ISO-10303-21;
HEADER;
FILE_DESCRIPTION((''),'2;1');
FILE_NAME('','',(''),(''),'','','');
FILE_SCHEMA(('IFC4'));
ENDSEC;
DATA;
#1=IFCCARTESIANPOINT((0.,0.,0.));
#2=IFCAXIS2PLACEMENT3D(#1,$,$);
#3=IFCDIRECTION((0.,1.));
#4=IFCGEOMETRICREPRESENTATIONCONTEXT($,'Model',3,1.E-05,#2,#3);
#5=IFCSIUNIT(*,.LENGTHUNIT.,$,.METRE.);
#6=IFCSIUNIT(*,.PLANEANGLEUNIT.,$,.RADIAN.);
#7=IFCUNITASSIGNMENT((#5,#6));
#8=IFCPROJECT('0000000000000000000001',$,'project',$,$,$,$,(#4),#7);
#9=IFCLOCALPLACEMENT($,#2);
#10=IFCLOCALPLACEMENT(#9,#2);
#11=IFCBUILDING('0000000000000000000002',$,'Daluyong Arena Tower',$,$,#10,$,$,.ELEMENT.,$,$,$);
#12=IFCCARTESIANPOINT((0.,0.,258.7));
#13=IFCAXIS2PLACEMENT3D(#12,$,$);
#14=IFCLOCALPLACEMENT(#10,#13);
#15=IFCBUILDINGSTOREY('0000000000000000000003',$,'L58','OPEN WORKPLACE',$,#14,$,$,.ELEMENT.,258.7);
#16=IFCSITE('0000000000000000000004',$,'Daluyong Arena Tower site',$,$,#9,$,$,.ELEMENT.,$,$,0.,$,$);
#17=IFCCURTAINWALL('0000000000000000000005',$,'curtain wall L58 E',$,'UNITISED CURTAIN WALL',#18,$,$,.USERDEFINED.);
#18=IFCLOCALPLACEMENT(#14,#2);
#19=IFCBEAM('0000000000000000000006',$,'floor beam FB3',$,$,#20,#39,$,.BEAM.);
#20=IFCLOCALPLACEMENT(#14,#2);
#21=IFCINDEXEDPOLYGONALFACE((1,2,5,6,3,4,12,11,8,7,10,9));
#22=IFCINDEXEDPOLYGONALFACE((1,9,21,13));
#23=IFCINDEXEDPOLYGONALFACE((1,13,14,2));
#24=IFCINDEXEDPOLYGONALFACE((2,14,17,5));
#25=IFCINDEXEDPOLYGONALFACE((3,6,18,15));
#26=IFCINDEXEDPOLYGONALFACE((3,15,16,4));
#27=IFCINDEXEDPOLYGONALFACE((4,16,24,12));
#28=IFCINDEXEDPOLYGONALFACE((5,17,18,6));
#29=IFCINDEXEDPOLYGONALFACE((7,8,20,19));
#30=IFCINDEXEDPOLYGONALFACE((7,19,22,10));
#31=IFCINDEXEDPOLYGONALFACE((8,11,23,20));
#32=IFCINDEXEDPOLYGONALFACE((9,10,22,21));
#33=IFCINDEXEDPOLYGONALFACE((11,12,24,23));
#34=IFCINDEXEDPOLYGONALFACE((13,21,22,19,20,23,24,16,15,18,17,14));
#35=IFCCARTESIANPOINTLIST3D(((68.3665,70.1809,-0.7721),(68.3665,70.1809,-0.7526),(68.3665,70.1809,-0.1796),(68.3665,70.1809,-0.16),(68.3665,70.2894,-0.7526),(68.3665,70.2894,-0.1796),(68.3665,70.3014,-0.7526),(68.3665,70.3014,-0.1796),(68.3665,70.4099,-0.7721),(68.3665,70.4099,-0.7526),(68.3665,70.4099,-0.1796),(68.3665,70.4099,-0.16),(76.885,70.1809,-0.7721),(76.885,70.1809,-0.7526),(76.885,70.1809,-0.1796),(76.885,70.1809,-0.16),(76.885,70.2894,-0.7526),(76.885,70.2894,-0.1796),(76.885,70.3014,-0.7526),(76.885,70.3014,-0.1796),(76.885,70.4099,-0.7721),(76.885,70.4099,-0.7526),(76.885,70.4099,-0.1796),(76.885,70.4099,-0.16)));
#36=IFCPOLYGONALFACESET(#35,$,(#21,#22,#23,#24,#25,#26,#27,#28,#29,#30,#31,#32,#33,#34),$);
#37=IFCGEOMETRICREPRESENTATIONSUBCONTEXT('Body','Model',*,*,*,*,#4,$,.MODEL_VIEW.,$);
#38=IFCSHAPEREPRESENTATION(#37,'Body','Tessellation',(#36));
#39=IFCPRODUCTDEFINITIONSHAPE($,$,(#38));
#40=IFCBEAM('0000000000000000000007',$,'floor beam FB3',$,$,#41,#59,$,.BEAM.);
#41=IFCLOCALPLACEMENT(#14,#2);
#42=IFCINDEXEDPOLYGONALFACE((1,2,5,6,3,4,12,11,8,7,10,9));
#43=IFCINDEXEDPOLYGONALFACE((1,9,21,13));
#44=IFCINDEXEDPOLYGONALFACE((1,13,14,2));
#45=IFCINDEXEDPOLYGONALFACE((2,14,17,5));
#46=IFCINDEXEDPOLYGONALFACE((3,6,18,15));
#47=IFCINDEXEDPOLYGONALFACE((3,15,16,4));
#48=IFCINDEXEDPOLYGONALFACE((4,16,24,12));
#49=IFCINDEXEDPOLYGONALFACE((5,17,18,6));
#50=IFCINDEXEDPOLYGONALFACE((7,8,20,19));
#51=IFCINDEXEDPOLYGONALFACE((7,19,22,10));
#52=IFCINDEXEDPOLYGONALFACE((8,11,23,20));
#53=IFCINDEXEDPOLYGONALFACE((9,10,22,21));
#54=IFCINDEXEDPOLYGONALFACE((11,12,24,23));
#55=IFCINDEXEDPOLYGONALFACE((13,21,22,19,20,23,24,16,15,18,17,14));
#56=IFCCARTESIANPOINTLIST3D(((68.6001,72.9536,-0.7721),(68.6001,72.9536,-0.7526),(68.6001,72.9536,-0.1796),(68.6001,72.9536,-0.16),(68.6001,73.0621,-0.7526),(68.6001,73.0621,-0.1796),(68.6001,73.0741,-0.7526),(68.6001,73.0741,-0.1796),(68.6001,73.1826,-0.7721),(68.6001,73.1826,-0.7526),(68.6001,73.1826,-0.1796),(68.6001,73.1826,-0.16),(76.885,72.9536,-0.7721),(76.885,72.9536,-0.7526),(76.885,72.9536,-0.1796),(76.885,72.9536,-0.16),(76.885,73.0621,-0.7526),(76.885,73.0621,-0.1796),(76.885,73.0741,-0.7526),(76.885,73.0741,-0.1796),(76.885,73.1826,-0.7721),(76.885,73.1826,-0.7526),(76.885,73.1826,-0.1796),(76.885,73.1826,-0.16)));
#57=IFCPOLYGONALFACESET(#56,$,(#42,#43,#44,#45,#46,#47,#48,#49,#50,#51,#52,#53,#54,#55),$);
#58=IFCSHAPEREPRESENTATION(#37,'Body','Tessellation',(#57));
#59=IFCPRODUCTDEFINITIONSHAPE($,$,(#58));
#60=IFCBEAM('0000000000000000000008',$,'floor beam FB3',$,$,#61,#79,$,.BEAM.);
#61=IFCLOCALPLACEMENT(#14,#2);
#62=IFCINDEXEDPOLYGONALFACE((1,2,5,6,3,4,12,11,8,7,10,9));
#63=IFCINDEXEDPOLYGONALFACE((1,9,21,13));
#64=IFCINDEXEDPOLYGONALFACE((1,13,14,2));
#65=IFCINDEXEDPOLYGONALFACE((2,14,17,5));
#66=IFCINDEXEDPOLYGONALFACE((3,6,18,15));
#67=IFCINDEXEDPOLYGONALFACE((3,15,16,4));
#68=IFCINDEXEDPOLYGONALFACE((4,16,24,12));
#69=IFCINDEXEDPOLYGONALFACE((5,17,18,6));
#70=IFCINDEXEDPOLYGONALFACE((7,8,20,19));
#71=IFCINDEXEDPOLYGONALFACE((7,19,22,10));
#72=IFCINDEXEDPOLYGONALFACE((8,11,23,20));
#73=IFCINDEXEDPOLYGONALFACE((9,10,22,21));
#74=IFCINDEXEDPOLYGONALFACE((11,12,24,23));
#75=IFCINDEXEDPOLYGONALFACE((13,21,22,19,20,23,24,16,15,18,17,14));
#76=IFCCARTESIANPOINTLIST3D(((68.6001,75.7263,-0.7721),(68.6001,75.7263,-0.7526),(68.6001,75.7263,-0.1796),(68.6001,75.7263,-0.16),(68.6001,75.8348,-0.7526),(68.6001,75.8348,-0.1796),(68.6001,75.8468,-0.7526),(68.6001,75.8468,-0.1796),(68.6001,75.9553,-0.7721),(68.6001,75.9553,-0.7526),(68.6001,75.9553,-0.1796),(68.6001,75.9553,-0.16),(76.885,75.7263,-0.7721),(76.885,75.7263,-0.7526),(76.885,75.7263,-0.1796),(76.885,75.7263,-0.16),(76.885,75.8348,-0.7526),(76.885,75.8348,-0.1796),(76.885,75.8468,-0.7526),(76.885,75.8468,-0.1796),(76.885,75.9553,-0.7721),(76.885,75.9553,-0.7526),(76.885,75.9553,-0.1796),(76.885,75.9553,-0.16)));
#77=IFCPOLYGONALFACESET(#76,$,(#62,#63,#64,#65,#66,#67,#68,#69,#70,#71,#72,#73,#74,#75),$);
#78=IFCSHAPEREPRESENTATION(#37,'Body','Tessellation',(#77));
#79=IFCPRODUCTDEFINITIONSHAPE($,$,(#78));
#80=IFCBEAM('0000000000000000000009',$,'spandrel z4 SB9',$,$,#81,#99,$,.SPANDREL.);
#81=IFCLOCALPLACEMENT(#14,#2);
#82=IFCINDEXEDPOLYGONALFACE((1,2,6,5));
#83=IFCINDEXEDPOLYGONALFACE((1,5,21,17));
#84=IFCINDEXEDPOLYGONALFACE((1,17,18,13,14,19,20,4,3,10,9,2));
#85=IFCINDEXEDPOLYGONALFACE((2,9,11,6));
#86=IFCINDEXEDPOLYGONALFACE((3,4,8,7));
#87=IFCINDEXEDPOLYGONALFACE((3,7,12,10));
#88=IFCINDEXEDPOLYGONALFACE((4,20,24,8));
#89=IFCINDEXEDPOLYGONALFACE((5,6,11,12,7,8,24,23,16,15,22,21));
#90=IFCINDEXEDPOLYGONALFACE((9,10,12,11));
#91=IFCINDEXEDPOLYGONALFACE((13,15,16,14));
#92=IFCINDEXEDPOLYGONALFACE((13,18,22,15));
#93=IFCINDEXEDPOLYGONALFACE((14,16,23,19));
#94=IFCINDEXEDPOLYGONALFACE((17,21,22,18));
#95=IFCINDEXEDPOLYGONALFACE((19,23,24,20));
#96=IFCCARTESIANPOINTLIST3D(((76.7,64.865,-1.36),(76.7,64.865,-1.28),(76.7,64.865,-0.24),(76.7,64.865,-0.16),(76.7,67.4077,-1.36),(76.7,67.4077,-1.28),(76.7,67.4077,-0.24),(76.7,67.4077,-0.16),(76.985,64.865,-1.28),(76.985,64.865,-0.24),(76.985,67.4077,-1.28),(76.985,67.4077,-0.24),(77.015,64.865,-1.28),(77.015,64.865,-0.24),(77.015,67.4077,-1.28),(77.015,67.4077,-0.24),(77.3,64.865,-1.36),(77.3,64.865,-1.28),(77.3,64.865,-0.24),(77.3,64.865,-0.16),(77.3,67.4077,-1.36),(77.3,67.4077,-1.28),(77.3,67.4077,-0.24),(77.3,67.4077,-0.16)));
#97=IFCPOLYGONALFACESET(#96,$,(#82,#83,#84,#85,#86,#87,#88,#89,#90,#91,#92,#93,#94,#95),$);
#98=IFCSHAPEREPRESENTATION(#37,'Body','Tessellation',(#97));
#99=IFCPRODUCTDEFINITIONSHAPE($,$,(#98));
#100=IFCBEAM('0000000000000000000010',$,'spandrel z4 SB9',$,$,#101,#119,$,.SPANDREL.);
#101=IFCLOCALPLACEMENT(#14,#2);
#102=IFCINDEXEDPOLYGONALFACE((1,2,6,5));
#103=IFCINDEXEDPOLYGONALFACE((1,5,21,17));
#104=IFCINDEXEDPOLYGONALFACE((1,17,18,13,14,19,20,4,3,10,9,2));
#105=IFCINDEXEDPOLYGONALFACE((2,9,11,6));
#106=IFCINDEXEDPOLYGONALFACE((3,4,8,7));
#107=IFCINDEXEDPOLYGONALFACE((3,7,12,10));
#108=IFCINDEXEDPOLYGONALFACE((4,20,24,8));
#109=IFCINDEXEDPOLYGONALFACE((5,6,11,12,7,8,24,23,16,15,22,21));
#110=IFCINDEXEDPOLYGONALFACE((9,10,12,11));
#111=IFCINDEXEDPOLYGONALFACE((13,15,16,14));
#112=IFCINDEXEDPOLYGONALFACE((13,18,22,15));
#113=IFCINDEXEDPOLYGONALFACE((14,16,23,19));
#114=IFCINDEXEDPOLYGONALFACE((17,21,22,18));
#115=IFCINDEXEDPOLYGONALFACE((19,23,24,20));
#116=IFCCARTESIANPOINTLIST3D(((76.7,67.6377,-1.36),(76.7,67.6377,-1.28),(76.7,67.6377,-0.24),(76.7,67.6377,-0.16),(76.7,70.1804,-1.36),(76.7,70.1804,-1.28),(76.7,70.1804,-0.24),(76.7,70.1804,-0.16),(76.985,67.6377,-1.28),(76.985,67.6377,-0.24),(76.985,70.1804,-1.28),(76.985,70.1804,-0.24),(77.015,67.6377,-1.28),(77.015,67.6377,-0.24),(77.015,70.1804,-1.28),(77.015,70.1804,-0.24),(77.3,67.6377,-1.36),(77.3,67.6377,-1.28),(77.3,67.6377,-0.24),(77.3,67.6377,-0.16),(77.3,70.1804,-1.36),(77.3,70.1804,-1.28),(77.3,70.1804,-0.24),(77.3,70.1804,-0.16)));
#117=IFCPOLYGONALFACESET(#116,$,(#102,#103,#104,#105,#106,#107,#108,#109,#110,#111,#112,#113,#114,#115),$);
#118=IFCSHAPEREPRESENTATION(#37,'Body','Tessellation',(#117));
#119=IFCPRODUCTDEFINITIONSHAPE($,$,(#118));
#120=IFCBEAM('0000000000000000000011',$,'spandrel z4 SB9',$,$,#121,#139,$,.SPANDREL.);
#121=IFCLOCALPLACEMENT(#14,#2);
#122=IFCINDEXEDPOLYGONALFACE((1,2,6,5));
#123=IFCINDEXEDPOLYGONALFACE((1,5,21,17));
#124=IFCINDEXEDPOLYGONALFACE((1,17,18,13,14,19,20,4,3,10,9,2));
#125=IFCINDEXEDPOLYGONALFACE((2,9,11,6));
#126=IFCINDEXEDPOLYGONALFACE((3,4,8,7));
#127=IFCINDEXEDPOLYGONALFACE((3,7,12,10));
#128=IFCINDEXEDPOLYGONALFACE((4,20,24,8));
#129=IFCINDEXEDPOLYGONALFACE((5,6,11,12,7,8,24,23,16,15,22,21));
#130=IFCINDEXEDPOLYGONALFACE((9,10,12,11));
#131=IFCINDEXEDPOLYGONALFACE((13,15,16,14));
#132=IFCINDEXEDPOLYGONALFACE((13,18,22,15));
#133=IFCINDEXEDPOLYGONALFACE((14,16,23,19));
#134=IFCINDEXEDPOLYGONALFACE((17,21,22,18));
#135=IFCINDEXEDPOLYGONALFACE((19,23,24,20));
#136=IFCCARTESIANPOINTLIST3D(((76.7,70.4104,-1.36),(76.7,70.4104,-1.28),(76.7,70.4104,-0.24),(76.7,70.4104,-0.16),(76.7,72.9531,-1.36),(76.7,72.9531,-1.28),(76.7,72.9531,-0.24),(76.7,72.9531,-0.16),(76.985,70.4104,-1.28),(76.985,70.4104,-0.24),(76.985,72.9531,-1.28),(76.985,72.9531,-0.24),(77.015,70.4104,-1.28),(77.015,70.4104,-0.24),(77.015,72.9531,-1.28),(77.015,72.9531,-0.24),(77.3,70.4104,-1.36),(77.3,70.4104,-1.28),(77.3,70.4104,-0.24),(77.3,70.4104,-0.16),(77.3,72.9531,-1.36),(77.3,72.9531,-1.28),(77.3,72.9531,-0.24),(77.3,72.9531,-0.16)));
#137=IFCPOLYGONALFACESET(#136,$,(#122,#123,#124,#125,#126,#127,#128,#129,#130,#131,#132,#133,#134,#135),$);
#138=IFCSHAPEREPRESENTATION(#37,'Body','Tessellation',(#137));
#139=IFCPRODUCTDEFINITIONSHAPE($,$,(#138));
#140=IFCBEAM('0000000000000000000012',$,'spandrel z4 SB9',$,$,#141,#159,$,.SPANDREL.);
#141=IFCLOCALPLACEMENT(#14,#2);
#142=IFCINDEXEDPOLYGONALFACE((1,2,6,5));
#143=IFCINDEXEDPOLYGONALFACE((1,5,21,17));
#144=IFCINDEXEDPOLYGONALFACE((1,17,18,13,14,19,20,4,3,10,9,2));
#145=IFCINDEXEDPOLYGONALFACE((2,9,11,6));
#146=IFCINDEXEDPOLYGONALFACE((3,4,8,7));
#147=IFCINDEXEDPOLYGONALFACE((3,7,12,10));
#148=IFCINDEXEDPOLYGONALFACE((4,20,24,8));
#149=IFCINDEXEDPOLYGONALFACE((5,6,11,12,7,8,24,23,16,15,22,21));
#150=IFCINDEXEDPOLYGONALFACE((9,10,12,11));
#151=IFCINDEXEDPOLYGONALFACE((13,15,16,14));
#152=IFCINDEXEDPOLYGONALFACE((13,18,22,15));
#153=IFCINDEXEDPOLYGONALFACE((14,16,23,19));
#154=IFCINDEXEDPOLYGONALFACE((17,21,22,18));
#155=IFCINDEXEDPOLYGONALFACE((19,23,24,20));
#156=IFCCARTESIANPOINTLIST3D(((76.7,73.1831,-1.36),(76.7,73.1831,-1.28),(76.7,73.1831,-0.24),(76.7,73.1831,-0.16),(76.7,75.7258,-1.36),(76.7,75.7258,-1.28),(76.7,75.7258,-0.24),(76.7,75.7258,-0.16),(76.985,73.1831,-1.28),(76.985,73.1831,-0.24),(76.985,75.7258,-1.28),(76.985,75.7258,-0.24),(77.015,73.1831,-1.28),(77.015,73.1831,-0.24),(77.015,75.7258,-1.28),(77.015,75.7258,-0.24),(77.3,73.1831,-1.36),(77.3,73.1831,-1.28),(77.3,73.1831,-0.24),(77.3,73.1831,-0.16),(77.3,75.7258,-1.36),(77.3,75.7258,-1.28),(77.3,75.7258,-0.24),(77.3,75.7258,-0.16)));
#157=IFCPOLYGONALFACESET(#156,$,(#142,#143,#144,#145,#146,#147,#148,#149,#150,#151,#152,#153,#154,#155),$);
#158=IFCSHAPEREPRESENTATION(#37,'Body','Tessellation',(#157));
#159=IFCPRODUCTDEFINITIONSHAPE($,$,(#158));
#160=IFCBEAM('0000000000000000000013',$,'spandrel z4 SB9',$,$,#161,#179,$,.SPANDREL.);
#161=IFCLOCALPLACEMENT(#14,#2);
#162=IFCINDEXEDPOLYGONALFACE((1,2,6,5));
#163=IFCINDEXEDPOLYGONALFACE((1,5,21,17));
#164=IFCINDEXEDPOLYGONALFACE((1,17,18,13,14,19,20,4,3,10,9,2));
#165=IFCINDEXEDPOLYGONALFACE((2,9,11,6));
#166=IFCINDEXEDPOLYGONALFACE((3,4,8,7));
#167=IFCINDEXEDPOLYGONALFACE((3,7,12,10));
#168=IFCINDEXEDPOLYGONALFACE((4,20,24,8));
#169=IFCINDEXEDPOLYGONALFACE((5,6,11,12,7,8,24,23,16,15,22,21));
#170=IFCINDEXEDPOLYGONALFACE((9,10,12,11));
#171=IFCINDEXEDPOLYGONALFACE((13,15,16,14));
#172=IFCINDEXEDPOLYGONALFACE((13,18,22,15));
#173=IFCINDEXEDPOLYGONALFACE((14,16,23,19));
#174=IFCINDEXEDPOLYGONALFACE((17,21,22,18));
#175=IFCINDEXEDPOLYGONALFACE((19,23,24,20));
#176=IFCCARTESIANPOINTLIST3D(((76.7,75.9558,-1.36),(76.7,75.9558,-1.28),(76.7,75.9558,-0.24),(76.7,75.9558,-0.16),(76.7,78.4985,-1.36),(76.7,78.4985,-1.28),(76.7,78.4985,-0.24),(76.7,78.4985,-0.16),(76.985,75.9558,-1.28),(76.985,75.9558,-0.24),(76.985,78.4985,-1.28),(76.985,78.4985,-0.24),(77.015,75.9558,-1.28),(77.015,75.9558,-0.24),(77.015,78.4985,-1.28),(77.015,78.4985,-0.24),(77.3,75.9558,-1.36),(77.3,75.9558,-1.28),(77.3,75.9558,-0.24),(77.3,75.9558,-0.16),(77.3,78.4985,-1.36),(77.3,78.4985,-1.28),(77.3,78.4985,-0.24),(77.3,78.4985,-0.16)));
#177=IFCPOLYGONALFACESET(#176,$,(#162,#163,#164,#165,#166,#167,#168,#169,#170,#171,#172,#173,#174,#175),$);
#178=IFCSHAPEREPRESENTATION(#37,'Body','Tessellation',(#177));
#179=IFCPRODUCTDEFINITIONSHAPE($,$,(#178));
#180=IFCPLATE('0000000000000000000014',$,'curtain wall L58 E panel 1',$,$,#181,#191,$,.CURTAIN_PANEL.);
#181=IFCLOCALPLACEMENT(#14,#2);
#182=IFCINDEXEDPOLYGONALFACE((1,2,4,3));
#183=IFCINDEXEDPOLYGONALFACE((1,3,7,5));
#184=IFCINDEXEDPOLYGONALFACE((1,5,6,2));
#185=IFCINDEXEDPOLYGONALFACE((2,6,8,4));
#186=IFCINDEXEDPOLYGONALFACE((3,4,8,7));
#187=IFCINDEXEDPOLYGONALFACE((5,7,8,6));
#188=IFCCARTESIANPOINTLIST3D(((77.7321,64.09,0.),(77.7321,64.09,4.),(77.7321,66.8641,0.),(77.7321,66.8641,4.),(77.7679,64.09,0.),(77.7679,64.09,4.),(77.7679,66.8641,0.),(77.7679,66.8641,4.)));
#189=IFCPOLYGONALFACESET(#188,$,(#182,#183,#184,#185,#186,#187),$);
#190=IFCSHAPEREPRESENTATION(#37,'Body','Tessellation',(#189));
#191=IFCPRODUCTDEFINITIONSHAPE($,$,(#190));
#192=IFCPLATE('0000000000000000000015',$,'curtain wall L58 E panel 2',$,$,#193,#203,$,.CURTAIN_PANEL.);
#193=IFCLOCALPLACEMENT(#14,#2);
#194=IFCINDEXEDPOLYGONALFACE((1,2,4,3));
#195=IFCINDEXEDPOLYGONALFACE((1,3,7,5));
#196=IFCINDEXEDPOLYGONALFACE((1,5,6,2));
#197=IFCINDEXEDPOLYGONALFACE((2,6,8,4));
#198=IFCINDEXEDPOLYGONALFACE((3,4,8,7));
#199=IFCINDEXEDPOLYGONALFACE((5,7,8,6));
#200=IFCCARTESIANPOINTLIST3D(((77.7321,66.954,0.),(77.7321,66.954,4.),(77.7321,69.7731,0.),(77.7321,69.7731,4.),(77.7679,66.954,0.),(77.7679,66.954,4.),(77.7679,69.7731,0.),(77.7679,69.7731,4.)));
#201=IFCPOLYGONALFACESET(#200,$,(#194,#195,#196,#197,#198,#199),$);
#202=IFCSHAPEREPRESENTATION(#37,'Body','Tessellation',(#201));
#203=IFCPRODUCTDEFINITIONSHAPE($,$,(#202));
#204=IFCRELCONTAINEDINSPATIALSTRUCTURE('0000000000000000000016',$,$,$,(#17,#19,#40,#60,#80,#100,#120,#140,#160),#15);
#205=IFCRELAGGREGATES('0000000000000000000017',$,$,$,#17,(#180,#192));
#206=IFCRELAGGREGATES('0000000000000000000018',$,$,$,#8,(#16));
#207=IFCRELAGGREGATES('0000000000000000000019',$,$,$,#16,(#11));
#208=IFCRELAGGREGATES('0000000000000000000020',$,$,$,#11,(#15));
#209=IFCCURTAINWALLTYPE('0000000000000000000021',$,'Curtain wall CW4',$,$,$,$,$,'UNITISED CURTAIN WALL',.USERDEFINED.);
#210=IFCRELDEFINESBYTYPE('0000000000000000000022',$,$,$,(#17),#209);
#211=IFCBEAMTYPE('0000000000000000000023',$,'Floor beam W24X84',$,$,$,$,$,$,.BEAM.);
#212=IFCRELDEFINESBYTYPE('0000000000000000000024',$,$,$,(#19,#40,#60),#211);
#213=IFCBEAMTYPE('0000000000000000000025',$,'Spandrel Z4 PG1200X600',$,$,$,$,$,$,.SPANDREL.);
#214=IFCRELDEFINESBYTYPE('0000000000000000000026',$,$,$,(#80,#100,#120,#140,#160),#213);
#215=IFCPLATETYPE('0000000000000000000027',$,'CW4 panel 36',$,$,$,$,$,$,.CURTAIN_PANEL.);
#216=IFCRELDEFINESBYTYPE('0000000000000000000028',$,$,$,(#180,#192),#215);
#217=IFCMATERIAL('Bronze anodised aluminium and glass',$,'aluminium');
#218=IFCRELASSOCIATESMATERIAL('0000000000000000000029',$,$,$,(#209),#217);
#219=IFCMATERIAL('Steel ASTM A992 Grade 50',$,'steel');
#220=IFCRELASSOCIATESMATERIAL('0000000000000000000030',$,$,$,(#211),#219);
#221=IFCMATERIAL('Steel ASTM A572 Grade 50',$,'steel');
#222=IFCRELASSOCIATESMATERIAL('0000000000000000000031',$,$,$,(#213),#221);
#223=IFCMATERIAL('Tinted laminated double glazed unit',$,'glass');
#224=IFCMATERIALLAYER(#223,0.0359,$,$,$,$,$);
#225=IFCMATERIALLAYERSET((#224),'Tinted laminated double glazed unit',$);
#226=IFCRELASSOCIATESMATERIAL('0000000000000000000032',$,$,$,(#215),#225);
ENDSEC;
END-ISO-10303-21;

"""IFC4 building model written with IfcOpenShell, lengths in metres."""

from ifc_helpers import new_model, si_unit, direction, frame, origin, origin_2d, place, context, subcontext, project, spatial, rectangle, i_section, extrude, material, layer, layer_set, material_profile, profile_set, type_object, element, aggregate, save


model = new_model("IFC4")

# Units and contexts
model_context = context("Model", 3, precision=1e-05, world=origin(), true_north=direction((0.0, 1.0)))
body_context = subcontext(model_context, "Body", "Model", "MODEL_VIEW")
ifc_project = project(units=[si_unit("LENGTHUNIT", "METRE"), si_unit("PLANEANGLEUNIT", "RADIAN")], contexts=[model_context])

# Site, building, storey
site_placement = place(None, origin())
site = spatial("IfcSite", under=ifc_project, at=site_placement, Name="Daluyong Arena Tower site", CompositionType="ELEMENT", RefElevation=0.0)
building_placement = place(site_placement, origin())
building = spatial("IfcBuilding", under=site, at=building_placement, Name="Daluyong Arena Tower", CompositionType="ELEMENT")
storey_placement = place(building_placement, frame((0.0, 0.0, 258.7)))
storey = spatial("IfcBuildingStorey", under=building, at=storey_placement, Name="L58", Description="OPEN WORKPLACE", CompositionType="ELEMENT", Elevation=258.7)

# Curtain wall
ifc_material_1 = material(Name="Bronze anodised aluminium and glass", Category="aluminium")
curtain_wall_type = type_object("IfcCurtainWallType", Name="Curtain wall CW4", ElementType="UNITISED CURTAIN WALL", PredefinedType="USERDEFINED", material=ifc_material_1)
curtain_wall_placement = place(storey_placement, origin())
curtain_wall = element("IfcCurtainWall", 1, at=curtain_wall_placement, inside=storey, type_object=curtain_wall_type, Name="curtain wall L58 E", ObjectType="UNITISED CURTAIN WALL", PredefinedType="USERDEFINED")

# Beams
ifc_material_2 = material(Name="Steel ASTM A992 Grade 50", Category="steel")
ifc_material_profile_1 = material_profile(ifc_material_2, i_section(OverallWidth=0.229, OverallDepth=0.6121, WebThickness=0.012, FlangeThickness=0.0195, at=origin_2d()))
ifc_profile_set_1 = profile_set([ifc_material_profile_1], Name="Steel ASTM A992 Grade 50")
beam_type_1 = type_object("IfcBeamType", Name="Floor beam W24X84", PredefinedType="BEAM", material=ifc_profile_set_1)
beam_1_placement = place(storey_placement, frame((76.885, 70.2954, -0.4661), z_axis=(-1.0, 0.0, 0.0), x_axis=(0.0, -1.0, 0.0)))
element("IfcBeam", 2, at=beam_1_placement, inside=storey, type_object=beam_type_1, Name="floor beam FB3", PredefinedType="BEAM", context=body_context, shape_type="SweptSolid", body=[
    extrude(i_section(OverallWidth=0.229, OverallDepth=0.6121, WebThickness=0.012, FlangeThickness=0.0195, at=origin_2d()), origin(), (0.0, 0.0, 1.0), 8.5186),
])
for number, where, z_axis, x_axis, name in (
    (3, (76.885, 73.0681, -0.4661), (-1.0, 0.0, 0.0), (0.0, -1.0, 0.0), "floor beam FB3"),
    (4, (76.885, 75.8408, -0.4661), (-1.0, 0.0, 0.0), (0.0, -1.0, 0.0), "floor beam FB3"),
):
    element("IfcBeam", number, at=place(storey_placement, frame(where, z_axis=z_axis, x_axis=x_axis)), inside=storey, type_object=beam_type_1, Name=name, PredefinedType="BEAM", context=body_context, shape_type="SweptSolid", body=[
        extrude(i_section(OverallWidth=0.229, OverallDepth=0.6121, WebThickness=0.012, FlangeThickness=0.0195, at=origin_2d()), origin(), (0.0, 0.0, 1.0), 8.2849),
    ])
ifc_material_3 = material(Name="Steel ASTM A572 Grade 50", Category="steel")
ifc_material_profile_2 = material_profile(ifc_material_3, i_section(OverallWidth=0.6001, OverallDepth=1.2, WebThickness=0.03, FlangeThickness=0.08, at=origin_2d()))
ifc_profile_set_2 = profile_set([ifc_material_profile_2], Name="Steel ASTM A572 Grade 50")
beam_type_2 = type_object("IfcBeamType", Name="Spandrel Z4 PG1200X600", PredefinedType="SPANDREL", material=ifc_profile_set_2)
for number, where, z_axis, x_axis, name in (
    (5, (77.0, 64.865, -0.76), (0.0, 1.0, 0.0), (-1.0, 0.0, 0.0), "spandrel z4 SB9"),
    (6, (77.0, 67.6377, -0.76), (0.0, 1.0, 0.0), (-1.0, 0.0, 0.0), "spandrel z4 SB9"),
    (7, (77.0, 70.4104, -0.76), (0.0, 1.0, 0.0), (-1.0, 0.0, 0.0), "spandrel z4 SB9"),
    (8, (77.0, 73.1831, -0.76), (0.0, 1.0, 0.0), (-1.0, 0.0, 0.0), "spandrel z4 SB9"),
    (9, (77.0, 75.9558, -0.76), (0.0, 1.0, 0.0), (-1.0, 0.0, 0.0), "spandrel z4 SB9"),
):
    element("IfcBeam", number, at=place(storey_placement, frame(where, z_axis=z_axis, x_axis=x_axis)), inside=storey, type_object=beam_type_2, Name=name, PredefinedType="SPANDREL", context=body_context, shape_type="SweptSolid", body=[
        extrude(i_section(OverallWidth=0.6001, OverallDepth=1.2, WebThickness=0.03, FlangeThickness=0.08, at=origin_2d()), origin(), (0.0, 0.0, 1.0), 2.5427),
    ])

# Plates
ifc_material_4 = material(Name="Tinted laminated double glazed unit", Category="glass")
ifc_layer_1 = layer(ifc_material_4, 0.0359)
ifc_layer_set_1 = layer_set([ifc_layer_1], Name="Tinted laminated double glazed unit")
plate_type = type_object("IfcPlateType", Name="CW4 panel 36", PredefinedType="CURTAIN_PANEL", material=ifc_layer_set_1)
plate_1_placement = place(storey_placement, frame((77.75, 65.4771, 0.0), z_axis=(0.0, 0.0, 1.0), x_axis=(0.0, 1.0, 0.0)))
plate_1 = element("IfcPlate", 10, at=plate_1_placement, type_object=plate_type, Name="curtain wall L58 E panel 1", PredefinedType="CURTAIN_PANEL", context=body_context, shape_type="SweptSolid", body=[
    extrude(rectangle(XDim=2.7742, YDim=0.0359, at=origin_2d()), origin(), (0.0, 0.0, 1.0), 4.0),
])
plate_2_placement = place(storey_placement, frame((77.75, 68.3635, 0.0), z_axis=(0.0, 0.0, 1.0), x_axis=(0.0, 1.0, 0.0)))
plate_2 = element("IfcPlate", 11, at=plate_2_placement, type_object=plate_type, Name="curtain wall L58 E panel 2", PredefinedType="CURTAIN_PANEL", context=body_context, shape_type="SweptSolid", body=[
    extrude(rectangle(XDim=2.8191, YDim=0.0359, at=origin_2d()), origin(), (0.0, 0.0, 1.0), 4.0),
])
aggregate(curtain_wall, [plate_1, plate_2])

save(model, "model.ifc")
